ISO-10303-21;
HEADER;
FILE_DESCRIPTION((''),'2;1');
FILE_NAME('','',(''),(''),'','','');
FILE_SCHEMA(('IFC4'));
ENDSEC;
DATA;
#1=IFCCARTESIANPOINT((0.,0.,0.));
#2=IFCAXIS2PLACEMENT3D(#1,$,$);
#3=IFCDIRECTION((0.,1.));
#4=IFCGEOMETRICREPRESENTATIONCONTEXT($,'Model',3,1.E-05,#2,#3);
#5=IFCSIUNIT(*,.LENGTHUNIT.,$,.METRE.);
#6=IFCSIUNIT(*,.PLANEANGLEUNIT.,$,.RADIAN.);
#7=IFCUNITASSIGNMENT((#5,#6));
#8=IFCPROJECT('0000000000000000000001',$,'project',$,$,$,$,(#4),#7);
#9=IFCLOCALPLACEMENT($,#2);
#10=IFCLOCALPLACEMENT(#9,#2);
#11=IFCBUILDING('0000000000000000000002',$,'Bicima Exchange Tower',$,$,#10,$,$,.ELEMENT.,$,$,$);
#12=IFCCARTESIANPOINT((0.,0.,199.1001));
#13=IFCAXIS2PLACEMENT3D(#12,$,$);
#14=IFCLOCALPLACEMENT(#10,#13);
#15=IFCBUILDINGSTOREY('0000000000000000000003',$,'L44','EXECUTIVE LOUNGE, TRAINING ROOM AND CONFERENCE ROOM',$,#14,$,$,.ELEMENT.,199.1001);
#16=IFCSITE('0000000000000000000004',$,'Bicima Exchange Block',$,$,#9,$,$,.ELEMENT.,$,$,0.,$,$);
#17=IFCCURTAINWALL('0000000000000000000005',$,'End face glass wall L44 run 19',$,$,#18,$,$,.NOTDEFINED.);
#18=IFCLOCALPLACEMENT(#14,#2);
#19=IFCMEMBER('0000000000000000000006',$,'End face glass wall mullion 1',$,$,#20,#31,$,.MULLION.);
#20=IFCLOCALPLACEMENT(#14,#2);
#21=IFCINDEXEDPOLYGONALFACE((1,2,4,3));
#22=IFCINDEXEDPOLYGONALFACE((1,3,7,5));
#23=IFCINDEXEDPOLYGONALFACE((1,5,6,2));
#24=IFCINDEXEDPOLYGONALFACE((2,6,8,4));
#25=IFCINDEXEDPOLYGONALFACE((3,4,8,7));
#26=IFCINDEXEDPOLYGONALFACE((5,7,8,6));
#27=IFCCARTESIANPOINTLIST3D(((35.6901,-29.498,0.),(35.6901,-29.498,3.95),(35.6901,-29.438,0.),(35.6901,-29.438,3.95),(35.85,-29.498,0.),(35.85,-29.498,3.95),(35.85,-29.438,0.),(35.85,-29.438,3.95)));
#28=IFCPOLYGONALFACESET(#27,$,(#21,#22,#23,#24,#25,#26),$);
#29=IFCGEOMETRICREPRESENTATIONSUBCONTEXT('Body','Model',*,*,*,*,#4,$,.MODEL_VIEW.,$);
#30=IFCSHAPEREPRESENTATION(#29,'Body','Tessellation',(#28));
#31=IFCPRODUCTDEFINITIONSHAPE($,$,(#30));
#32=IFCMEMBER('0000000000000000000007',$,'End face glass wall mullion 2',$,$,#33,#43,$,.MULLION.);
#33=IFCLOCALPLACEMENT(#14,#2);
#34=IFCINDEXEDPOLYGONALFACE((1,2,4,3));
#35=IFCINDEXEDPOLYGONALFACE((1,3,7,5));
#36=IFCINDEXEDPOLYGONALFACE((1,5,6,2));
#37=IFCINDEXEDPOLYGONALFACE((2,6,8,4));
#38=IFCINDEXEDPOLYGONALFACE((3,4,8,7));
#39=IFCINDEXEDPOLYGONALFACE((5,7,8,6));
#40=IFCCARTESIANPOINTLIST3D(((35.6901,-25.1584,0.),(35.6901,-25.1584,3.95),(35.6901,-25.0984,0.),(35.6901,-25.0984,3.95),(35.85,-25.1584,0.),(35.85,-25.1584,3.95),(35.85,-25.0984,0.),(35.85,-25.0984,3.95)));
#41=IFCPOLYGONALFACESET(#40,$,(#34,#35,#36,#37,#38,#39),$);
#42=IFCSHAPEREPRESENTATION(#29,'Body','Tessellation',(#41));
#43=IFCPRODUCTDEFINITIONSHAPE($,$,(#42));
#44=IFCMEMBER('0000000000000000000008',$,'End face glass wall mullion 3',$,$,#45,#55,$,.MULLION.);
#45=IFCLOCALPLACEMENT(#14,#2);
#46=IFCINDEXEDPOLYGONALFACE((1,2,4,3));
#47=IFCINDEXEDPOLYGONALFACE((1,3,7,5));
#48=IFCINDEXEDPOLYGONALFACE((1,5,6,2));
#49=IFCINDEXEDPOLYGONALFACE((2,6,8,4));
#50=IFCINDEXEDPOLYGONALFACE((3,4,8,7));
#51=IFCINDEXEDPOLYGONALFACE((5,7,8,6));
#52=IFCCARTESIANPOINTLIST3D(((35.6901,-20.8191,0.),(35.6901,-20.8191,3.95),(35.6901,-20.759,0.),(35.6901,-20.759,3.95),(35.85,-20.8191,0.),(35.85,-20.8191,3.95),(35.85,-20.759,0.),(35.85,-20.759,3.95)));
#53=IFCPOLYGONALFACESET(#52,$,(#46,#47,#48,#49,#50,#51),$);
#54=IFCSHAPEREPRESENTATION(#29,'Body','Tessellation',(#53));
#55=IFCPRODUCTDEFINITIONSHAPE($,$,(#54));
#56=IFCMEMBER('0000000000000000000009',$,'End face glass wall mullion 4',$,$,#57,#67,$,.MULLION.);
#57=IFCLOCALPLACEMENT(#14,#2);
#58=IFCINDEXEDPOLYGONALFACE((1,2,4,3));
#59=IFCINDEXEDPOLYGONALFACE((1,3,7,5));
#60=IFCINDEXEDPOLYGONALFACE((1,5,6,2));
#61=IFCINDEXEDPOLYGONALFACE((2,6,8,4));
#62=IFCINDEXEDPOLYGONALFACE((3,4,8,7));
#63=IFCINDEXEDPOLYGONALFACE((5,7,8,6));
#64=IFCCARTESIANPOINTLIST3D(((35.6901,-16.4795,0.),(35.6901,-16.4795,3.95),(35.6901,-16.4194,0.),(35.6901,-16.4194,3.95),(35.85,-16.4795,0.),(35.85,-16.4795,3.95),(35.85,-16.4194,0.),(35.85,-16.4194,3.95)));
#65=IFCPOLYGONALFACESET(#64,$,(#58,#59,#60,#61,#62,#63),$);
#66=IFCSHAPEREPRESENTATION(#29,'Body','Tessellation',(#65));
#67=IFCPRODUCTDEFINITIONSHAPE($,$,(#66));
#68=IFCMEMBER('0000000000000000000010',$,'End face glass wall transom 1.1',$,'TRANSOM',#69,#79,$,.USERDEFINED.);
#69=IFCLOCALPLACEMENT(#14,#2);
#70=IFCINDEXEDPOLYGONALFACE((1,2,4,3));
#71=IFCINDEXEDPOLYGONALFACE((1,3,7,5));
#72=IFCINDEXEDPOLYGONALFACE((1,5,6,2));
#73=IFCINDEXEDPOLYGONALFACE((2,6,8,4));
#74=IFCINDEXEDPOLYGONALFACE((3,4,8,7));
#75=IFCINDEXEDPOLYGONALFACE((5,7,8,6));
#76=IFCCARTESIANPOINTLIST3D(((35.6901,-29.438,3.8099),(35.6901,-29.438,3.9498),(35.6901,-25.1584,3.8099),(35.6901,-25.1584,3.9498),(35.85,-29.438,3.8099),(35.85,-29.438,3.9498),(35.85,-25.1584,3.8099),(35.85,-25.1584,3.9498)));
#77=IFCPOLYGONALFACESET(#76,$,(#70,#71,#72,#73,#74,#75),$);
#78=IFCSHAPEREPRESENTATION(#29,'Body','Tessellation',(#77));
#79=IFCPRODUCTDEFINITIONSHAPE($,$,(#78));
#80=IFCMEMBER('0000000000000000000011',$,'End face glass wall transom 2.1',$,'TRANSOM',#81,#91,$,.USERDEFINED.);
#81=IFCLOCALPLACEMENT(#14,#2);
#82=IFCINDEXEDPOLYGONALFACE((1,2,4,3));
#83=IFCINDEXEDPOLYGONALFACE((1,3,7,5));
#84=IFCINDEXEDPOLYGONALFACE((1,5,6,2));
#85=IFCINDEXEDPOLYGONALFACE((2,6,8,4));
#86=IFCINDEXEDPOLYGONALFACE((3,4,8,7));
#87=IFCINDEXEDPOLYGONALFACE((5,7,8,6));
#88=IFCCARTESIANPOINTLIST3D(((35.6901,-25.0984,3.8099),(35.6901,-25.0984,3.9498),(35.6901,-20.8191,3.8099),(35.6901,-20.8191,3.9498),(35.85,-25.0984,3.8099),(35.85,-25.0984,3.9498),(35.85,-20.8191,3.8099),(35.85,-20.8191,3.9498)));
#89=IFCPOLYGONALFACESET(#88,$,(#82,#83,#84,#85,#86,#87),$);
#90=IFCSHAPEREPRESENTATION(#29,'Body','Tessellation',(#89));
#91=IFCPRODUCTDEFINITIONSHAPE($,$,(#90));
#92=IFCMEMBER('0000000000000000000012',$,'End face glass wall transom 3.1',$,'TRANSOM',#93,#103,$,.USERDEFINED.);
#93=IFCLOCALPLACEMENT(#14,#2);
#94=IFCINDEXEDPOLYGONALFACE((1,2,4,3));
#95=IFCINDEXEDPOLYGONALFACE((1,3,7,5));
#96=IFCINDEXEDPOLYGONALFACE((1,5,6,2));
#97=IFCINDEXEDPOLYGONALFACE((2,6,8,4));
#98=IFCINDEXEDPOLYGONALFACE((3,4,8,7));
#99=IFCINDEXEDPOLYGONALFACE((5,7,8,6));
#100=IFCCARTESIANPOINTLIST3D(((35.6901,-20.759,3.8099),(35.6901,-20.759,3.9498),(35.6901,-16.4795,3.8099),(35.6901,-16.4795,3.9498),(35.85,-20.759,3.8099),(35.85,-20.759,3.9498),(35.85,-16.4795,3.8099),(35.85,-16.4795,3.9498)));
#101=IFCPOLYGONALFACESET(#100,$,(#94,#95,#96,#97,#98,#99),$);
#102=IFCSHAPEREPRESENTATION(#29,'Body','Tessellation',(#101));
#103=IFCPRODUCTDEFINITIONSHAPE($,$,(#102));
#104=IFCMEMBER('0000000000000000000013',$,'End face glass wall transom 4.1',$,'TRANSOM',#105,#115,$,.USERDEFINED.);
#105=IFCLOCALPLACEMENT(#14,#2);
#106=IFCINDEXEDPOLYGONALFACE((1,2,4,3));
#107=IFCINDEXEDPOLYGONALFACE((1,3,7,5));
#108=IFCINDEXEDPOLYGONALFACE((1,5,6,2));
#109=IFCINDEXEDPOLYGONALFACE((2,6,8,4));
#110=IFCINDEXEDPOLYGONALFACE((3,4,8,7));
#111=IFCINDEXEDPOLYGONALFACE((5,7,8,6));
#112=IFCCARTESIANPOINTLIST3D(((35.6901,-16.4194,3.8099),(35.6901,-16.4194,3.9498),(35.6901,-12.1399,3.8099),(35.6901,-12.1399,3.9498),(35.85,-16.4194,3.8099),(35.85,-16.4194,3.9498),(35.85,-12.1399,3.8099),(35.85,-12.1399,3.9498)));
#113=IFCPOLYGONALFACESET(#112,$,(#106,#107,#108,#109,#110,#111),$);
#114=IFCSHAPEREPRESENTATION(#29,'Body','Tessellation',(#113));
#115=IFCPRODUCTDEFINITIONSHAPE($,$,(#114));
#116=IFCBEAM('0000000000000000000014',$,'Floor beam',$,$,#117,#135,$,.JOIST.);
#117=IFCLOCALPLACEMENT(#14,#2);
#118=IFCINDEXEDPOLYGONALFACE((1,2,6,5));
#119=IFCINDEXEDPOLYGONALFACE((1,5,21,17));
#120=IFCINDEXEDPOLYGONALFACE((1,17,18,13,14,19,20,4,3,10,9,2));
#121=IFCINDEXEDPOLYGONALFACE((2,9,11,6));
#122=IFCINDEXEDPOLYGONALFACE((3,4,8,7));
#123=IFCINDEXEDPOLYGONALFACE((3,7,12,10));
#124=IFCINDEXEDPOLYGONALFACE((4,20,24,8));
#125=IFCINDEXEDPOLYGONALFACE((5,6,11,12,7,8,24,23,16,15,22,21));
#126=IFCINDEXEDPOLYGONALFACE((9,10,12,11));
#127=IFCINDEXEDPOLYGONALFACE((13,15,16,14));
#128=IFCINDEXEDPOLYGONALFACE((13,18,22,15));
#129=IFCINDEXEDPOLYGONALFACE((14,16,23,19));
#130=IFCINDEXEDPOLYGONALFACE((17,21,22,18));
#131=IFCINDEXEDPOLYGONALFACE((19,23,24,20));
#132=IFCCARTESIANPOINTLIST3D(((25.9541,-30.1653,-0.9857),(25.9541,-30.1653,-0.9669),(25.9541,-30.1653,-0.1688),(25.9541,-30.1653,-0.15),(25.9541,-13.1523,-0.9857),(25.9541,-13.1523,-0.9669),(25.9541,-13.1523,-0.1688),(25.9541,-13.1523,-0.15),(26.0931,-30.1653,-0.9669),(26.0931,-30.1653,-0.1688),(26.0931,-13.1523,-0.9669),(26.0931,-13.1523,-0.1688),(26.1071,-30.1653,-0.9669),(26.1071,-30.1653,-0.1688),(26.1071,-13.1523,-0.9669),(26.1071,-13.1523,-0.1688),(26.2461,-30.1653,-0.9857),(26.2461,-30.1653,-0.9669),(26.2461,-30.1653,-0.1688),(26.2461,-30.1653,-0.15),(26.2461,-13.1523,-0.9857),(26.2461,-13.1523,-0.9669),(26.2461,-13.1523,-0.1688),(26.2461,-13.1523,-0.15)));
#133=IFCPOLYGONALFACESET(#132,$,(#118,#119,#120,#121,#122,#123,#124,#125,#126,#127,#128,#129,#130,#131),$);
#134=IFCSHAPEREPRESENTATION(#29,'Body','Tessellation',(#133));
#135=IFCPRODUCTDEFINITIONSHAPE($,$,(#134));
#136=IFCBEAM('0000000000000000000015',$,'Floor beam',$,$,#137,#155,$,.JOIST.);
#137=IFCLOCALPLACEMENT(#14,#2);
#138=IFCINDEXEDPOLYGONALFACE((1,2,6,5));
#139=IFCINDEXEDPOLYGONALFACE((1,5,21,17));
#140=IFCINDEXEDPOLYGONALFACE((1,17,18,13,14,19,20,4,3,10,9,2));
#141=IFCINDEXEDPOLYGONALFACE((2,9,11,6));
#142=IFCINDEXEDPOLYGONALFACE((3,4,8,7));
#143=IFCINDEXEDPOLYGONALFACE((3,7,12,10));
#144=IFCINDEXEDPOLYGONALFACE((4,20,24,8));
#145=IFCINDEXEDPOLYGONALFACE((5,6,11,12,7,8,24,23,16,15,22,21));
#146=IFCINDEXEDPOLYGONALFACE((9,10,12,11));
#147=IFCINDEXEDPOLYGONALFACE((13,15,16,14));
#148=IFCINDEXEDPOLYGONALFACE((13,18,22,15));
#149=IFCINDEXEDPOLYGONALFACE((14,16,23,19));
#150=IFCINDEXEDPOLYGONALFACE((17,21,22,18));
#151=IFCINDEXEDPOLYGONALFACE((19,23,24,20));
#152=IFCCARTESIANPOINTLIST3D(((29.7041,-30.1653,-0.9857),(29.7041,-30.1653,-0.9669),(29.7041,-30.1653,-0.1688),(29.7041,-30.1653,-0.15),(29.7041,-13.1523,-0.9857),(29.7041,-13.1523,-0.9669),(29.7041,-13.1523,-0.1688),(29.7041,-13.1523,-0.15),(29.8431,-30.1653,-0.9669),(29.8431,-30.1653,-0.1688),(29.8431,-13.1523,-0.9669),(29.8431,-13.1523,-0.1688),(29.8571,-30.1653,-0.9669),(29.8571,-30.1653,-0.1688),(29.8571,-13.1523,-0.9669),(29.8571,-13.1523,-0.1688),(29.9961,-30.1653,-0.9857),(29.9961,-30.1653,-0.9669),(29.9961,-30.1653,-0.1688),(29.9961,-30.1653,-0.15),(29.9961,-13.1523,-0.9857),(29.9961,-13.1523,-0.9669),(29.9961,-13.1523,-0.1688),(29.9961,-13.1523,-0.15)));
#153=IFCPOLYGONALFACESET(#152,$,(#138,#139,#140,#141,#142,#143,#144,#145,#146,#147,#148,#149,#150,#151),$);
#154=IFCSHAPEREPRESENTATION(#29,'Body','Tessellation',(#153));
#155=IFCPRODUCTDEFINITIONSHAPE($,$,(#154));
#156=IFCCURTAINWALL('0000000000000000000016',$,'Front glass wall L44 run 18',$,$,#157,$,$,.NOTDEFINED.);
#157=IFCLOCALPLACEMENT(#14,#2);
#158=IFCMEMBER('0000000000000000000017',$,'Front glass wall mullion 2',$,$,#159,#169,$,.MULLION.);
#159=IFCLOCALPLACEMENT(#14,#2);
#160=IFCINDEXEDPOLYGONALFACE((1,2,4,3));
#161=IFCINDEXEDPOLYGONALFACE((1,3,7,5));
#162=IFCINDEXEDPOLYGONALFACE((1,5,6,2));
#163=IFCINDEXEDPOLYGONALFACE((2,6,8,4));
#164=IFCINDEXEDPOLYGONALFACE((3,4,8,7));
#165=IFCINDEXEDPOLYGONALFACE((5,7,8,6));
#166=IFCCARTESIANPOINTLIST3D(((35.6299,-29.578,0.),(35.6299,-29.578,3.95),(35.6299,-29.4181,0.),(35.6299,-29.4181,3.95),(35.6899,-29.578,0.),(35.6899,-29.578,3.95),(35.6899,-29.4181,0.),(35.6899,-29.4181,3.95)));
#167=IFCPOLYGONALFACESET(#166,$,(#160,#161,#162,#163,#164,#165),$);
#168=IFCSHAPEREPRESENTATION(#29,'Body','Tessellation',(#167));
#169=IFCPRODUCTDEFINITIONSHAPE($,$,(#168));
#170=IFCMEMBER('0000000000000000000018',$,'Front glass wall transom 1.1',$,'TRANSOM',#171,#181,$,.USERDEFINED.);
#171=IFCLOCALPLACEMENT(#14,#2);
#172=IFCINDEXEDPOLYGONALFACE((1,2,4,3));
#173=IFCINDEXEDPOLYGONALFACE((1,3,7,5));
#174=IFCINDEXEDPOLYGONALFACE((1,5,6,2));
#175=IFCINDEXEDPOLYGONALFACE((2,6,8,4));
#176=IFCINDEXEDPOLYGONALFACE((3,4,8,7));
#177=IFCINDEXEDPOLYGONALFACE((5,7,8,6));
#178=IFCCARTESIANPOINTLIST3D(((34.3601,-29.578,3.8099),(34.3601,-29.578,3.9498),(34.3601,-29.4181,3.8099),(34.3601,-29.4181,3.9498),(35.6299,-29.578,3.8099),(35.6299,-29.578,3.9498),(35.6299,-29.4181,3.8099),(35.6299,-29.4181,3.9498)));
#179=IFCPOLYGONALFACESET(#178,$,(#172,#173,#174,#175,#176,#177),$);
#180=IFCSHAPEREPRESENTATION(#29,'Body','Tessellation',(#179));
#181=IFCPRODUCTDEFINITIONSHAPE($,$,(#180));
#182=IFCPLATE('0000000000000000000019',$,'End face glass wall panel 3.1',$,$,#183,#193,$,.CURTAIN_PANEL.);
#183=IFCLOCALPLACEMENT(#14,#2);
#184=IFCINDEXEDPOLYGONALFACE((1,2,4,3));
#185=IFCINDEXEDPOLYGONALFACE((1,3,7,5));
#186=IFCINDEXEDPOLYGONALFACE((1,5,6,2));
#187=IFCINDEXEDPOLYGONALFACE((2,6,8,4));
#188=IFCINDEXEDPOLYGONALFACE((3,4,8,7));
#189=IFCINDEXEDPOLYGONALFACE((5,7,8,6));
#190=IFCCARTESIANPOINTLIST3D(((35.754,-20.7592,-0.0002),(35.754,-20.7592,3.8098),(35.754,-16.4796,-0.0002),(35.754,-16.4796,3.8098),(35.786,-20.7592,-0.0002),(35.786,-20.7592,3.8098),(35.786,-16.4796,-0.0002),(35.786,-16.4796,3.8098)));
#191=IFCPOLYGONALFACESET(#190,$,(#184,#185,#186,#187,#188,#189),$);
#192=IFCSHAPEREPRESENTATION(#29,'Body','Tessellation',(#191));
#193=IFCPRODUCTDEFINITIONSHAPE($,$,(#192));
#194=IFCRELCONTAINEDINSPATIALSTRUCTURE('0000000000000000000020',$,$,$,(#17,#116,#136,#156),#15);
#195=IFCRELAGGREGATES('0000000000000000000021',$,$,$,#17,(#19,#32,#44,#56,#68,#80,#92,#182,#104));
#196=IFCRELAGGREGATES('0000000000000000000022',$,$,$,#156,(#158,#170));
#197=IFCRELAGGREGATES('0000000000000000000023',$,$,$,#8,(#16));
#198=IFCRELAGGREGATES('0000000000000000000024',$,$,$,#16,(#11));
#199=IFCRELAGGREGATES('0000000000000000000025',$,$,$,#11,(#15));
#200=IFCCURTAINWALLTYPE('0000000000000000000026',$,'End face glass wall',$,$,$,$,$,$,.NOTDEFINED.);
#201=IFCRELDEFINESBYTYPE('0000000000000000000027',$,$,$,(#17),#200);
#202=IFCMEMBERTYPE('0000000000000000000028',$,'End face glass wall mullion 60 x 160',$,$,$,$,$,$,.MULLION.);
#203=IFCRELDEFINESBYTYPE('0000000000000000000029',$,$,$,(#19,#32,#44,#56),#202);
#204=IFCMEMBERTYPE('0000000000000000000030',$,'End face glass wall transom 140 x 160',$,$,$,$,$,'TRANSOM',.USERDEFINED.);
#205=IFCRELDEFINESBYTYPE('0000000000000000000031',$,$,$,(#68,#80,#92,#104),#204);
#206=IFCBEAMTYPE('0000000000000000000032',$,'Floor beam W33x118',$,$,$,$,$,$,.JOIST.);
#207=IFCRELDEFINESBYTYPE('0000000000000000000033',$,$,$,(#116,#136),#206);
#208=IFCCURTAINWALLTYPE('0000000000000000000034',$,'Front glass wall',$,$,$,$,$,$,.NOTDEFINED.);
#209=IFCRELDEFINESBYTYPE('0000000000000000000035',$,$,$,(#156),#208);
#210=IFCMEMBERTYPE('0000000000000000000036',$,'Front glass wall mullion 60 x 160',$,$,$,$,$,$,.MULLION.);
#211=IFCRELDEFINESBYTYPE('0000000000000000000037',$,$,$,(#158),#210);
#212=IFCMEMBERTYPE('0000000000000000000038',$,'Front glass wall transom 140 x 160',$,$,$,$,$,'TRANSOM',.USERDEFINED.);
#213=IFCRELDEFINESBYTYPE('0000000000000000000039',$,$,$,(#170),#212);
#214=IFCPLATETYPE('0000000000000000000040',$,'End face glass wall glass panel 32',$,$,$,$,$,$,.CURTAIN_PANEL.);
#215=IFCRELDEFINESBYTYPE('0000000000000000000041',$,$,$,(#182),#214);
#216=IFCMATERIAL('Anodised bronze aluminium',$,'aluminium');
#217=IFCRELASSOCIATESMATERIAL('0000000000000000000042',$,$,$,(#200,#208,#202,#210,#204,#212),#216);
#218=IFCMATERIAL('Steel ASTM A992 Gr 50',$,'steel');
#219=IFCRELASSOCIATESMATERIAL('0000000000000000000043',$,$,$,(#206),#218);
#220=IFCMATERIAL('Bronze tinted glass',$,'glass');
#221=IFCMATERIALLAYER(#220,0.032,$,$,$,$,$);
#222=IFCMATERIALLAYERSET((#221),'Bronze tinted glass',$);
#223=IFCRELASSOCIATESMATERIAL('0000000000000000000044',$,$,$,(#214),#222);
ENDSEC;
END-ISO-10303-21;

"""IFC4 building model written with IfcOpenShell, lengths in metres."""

from ifc_helpers import new_model, si_unit, direction, frame, origin, origin_2d, place, context, subcontext, project, spatial, rectangle, i_section, extrude, material, layer, layer_set, material_profile, profile_set, type_object, element, aggregate, save


model = new_model("IFC4")

# Units and contexts
model_context = context("Model", 3, precision=1e-05, world=origin(), true_north=direction((0.0, 1.0)))
body_context = subcontext(model_context, "Body", "Model", "MODEL_VIEW")
ifc_project = project(units=[si_unit("LENGTHUNIT", "METRE"), si_unit("PLANEANGLEUNIT", "RADIAN")], contexts=[model_context])

# Site, building, storey
site_placement = place(None, origin())
site = spatial("IfcSite", under=ifc_project, at=site_placement, Name="Bicima Exchange Block", CompositionType="ELEMENT", RefElevation=0.0)
building_placement = place(site_placement, origin())
building = spatial("IfcBuilding", under=site, at=building_placement, Name="Bicima Exchange Tower", CompositionType="ELEMENT")
storey_placement = place(building_placement, frame((0.0, 0.0, 199.1001)))
storey = spatial("IfcBuildingStorey", under=building, at=storey_placement, Name="L44", Description="EXECUTIVE LOUNGE, TRAINING ROOM AND CONFERENCE ROOM", CompositionType="ELEMENT", Elevation=199.1001)

# Curtain wall, members
ifc_material_1 = material(Name="Anodised bronze aluminium", Category="aluminium")
curtain_wall_type_1 = type_object("IfcCurtainWallType", Name="End face glass wall", PredefinedType="NOTDEFINED", material=ifc_material_1)
curtain_wall_1_placement = place(storey_placement, origin())
curtain_wall_1 = element("IfcCurtainWall", 1, at=curtain_wall_1_placement, inside=storey, type_object=curtain_wall_type_1, Name="End face glass wall L44 run 19", PredefinedType="NOTDEFINED")
ifc_material_profile_1 = material_profile(ifc_material_1, rectangle(XDim=0.1599, YDim=0.0601, at=origin_2d()))
ifc_profile_set_1 = profile_set([ifc_material_profile_1], Name="Anodised bronze aluminium")
member_type_1 = type_object("IfcMemberType", Name="End face glass wall mullion 60 x 160", PredefinedType="MULLION", material=ifc_profile_set_1)
member_1_placement = place(storey_placement, frame((35.77, -29.468, 0.0), z_axis=(0.0, 0.0, 1.0), x_axis=(-1.0, 0.0, 0.0)))
member_1 = element("IfcMember", 2, at=member_1_placement, type_object=member_type_1, Name="End face glass wall mullion 1", PredefinedType="MULLION", context=body_context, shape_type="SweptSolid", body=[
    extrude(rectangle(XDim=0.1599, YDim=0.0601, at=origin_2d()), origin(), (0.0, 0.0, 1.0), 3.95),
])
member_2_placement = place(storey_placement, frame((35.77, -25.1284, 0.0), z_axis=(0.0, 0.0, 1.0), x_axis=(-1.0, 0.0, 0.0)))
member_2 = element("IfcMember", 3, at=member_2_placement, type_object=member_type_1, Name="End face glass wall mullion 2", PredefinedType="MULLION", context=body_context, shape_type="SweptSolid", body=[
    extrude(rectangle(XDim=0.1599, YDim=0.0601, at=origin_2d()), origin(), (0.0, 0.0, 1.0), 3.95),
])
member_3_placement = place(storey_placement, frame((35.77, -20.7891, 0.0), z_axis=(0.0, 0.0, 1.0), x_axis=(-1.0, 0.0, 0.0)))
member_3 = element("IfcMember", 4, at=member_3_placement, type_object=member_type_1, Name="End face glass wall mullion 3", PredefinedType="MULLION", context=body_context, shape_type="SweptSolid", body=[
    extrude(rectangle(XDim=0.1599, YDim=0.0601, at=origin_2d()), origin(), (0.0, 0.0, 1.0), 3.95),
])
member_4_placement = place(storey_placement, frame((35.77, -16.4495, 0.0), z_axis=(0.0, 0.0, 1.0), x_axis=(-1.0, 0.0, 0.0)))
member_4 = element("IfcMember", 5, at=member_4_placement, type_object=member_type_1, Name="End face glass wall mullion 4", PredefinedType="MULLION", context=body_context, shape_type="SweptSolid", body=[
    extrude(rectangle(XDim=0.1599, YDim=0.0601, at=origin_2d()), origin(), (0.0, 0.0, 1.0), 3.95),
])
ifc_material_profile_2 = material_profile(ifc_material_1, rectangle(XDim=0.1599, YDim=0.1399, at=origin_2d()))
ifc_profile_set_2 = profile_set([ifc_material_profile_2], Name="Anodised bronze aluminium")
member_type_2 = type_object("IfcMemberType", Name="End face glass wall transom 140 x 160", ElementType="TRANSOM", PredefinedType="USERDEFINED", material=ifc_profile_set_2)
member_5_placement = place(storey_placement, frame((35.77, -29.438, 3.8799), z_axis=(0.0, 1.0, 0.0), x_axis=(-1.0, 0.0, 0.0)))
member_5 = element("IfcMember", 6, at=member_5_placement, type_object=member_type_2, Name="End face glass wall transom 1.1", ObjectType="TRANSOM", PredefinedType="USERDEFINED", context=body_context, shape_type="SweptSolid", body=[
    extrude(rectangle(XDim=0.1599, YDim=0.1399, at=origin_2d()), origin(), (0.0, 0.0, 1.0), 4.2795),
])
member_6_placement = place(storey_placement, frame((35.77, -25.0984, 3.8799), z_axis=(0.0, 1.0, 0.0), x_axis=(-1.0, 0.0, 0.0)))
member_6 = element("IfcMember", 7, at=member_6_placement, type_object=member_type_2, Name="End face glass wall transom 2.1", ObjectType="TRANSOM", PredefinedType="USERDEFINED", context=body_context, shape_type="SweptSolid", body=[
    extrude(rectangle(XDim=0.1599, YDim=0.1399, at=origin_2d()), origin(), (0.0, 0.0, 1.0), 4.2793),
])
member_7_placement = place(storey_placement, frame((35.77, -20.759, 3.8799), z_axis=(0.0, 1.0, 0.0), x_axis=(-1.0, 0.0, 0.0)))
member_7 = element("IfcMember", 8, at=member_7_placement, type_object=member_type_2, Name="End face glass wall transom 3.1", ObjectType="TRANSOM", PredefinedType="USERDEFINED", context=body_context, shape_type="SweptSolid", body=[
    extrude(rectangle(XDim=0.1599, YDim=0.1399, at=origin_2d()), origin(), (0.0, 0.0, 1.0), 4.2795),
])
member_8_placement = place(storey_placement, frame((35.77, -16.4194, 3.8799), z_axis=(0.0, 1.0, 0.0), x_axis=(-1.0, 0.0, 0.0)))
member_8 = element("IfcMember", 9, at=member_8_placement, type_object=member_type_2, Name="End face glass wall transom 4.1", ObjectType="TRANSOM", PredefinedType="USERDEFINED", context=body_context, shape_type="SweptSolid", body=[
    extrude(rectangle(XDim=0.1599, YDim=0.1399, at=origin_2d()), origin(), (0.0, 0.0, 1.0), 4.2795),
])

# Beams
ifc_material_2 = material(Name="Steel ASTM A992 Gr 50", Category="steel")
ifc_material_profile_3 = material_profile(ifc_material_2, i_section(OverallWidth=0.292, OverallDepth=0.8357, WebThickness=0.0139, FlangeThickness=0.0188, at=origin_2d()))
ifc_profile_set_3 = profile_set([ifc_material_profile_3], Name="Steel ASTM A992 Gr 50")
beam_type = type_object("IfcBeamType", Name="Floor beam W33x118", PredefinedType="JOIST", material=ifc_profile_set_3)
for number, where, z_axis, x_axis, name in (
    (10, (26.1001, -13.1523, -0.5679), (0.0, -1.0, 0.0), (1.0, 0.0, 0.0), "Floor beam"),
    (11, (29.8501, -13.1523, -0.5679), (0.0, -1.0, 0.0), (1.0, 0.0, 0.0), "Floor beam"),
):
    element("IfcBeam", number, at=place(storey_placement, frame(where, z_axis=z_axis, x_axis=x_axis)), inside=storey, type_object=beam_type, Name=name, PredefinedType="JOIST", context=body_context, shape_type="SweptSolid", body=[
        extrude(i_section(OverallWidth=0.292, OverallDepth=0.8357, WebThickness=0.0139, FlangeThickness=0.0188, at=origin_2d()), origin(), (0.0, 0.0, 1.0), 17.0129),
    ])

# Curtain wall, members
curtain_wall_type_2 = type_object("IfcCurtainWallType", Name="Front glass wall", PredefinedType="NOTDEFINED", material=ifc_material_1)
curtain_wall_2_placement = place(storey_placement, origin())
curtain_wall_2 = element("IfcCurtainWall", 12, at=curtain_wall_2_placement, inside=storey, type_object=curtain_wall_type_2, Name="Front glass wall L44 run 18", PredefinedType="NOTDEFINED")
member_type_3 = type_object("IfcMemberType", Name="Front glass wall mullion 60 x 160", PredefinedType="MULLION", material=ifc_profile_set_1)
member_9_placement = place(storey_placement, frame((35.6599, -29.498, 0.0), z_axis=(0.0, 0.0, 1.0), x_axis=(0.0, 1.0, 0.0)))
member_9 = element("IfcMember", 13, at=member_9_placement, type_object=member_type_3, Name="Front glass wall mullion 2", PredefinedType="MULLION", context=body_context, shape_type="SweptSolid", body=[
    extrude(rectangle(XDim=0.1599, YDim=0.0601, at=origin_2d()), origin(), (0.0, 0.0, 1.0), 3.95),
])
member_type_4 = type_object("IfcMemberType", Name="Front glass wall transom 140 x 160", ElementType="TRANSOM", PredefinedType="USERDEFINED", material=ifc_profile_set_2)
member_10_placement = place(storey_placement, frame((34.3601, -29.498, 3.8799), z_axis=(1.0, 0.0, 0.0), x_axis=(0.0, 1.0, 0.0)))
member_10 = element("IfcMember", 14, at=member_10_placement, type_object=member_type_4, Name="Front glass wall transom 1.1", ObjectType="TRANSOM", PredefinedType="USERDEFINED", context=body_context, shape_type="SweptSolid", body=[
    extrude(rectangle(XDim=0.1599, YDim=0.1399, at=origin_2d()), origin(), (0.0, 0.0, 1.0), 1.2698),
])

# Plate
ifc_material_3 = material(Name="Bronze tinted glass", Category="glass")
ifc_layer_1 = layer(ifc_material_3, 0.032)
ifc_layer_set_1 = layer_set([ifc_layer_1], Name="Bronze tinted glass")
plate_type_1 = type_object("IfcPlateType", Name="End face glass wall glass panel 32", PredefinedType="CURTAIN_PANEL", material=ifc_layer_set_1)
plate_1_placement = place(storey_placement, frame((35.77, -18.6194, -0.0002), z_axis=(0.0, 0.0, 1.0), x_axis=(0.0, 1.0, 0.0)))
plate_1 = element("IfcPlate", 15, at=plate_1_placement, type_object=plate_type_1, Name="End face glass wall panel 3.1", PredefinedType="CURTAIN_PANEL", context=body_context, shape_type="SweptSolid", body=[
    extrude(rectangle(XDim=4.2795, YDim=0.032, at=origin_2d()), origin(), (0.0, 0.0, 1.0), 3.8101),
])
aggregate(curtain_wall_1, [member_1, member_2, member_3, member_4, member_5, member_6, member_7, plate_1, member_8])
aggregate(curtain_wall_2, [member_9, member_10])

save(model, "model.ifc")
